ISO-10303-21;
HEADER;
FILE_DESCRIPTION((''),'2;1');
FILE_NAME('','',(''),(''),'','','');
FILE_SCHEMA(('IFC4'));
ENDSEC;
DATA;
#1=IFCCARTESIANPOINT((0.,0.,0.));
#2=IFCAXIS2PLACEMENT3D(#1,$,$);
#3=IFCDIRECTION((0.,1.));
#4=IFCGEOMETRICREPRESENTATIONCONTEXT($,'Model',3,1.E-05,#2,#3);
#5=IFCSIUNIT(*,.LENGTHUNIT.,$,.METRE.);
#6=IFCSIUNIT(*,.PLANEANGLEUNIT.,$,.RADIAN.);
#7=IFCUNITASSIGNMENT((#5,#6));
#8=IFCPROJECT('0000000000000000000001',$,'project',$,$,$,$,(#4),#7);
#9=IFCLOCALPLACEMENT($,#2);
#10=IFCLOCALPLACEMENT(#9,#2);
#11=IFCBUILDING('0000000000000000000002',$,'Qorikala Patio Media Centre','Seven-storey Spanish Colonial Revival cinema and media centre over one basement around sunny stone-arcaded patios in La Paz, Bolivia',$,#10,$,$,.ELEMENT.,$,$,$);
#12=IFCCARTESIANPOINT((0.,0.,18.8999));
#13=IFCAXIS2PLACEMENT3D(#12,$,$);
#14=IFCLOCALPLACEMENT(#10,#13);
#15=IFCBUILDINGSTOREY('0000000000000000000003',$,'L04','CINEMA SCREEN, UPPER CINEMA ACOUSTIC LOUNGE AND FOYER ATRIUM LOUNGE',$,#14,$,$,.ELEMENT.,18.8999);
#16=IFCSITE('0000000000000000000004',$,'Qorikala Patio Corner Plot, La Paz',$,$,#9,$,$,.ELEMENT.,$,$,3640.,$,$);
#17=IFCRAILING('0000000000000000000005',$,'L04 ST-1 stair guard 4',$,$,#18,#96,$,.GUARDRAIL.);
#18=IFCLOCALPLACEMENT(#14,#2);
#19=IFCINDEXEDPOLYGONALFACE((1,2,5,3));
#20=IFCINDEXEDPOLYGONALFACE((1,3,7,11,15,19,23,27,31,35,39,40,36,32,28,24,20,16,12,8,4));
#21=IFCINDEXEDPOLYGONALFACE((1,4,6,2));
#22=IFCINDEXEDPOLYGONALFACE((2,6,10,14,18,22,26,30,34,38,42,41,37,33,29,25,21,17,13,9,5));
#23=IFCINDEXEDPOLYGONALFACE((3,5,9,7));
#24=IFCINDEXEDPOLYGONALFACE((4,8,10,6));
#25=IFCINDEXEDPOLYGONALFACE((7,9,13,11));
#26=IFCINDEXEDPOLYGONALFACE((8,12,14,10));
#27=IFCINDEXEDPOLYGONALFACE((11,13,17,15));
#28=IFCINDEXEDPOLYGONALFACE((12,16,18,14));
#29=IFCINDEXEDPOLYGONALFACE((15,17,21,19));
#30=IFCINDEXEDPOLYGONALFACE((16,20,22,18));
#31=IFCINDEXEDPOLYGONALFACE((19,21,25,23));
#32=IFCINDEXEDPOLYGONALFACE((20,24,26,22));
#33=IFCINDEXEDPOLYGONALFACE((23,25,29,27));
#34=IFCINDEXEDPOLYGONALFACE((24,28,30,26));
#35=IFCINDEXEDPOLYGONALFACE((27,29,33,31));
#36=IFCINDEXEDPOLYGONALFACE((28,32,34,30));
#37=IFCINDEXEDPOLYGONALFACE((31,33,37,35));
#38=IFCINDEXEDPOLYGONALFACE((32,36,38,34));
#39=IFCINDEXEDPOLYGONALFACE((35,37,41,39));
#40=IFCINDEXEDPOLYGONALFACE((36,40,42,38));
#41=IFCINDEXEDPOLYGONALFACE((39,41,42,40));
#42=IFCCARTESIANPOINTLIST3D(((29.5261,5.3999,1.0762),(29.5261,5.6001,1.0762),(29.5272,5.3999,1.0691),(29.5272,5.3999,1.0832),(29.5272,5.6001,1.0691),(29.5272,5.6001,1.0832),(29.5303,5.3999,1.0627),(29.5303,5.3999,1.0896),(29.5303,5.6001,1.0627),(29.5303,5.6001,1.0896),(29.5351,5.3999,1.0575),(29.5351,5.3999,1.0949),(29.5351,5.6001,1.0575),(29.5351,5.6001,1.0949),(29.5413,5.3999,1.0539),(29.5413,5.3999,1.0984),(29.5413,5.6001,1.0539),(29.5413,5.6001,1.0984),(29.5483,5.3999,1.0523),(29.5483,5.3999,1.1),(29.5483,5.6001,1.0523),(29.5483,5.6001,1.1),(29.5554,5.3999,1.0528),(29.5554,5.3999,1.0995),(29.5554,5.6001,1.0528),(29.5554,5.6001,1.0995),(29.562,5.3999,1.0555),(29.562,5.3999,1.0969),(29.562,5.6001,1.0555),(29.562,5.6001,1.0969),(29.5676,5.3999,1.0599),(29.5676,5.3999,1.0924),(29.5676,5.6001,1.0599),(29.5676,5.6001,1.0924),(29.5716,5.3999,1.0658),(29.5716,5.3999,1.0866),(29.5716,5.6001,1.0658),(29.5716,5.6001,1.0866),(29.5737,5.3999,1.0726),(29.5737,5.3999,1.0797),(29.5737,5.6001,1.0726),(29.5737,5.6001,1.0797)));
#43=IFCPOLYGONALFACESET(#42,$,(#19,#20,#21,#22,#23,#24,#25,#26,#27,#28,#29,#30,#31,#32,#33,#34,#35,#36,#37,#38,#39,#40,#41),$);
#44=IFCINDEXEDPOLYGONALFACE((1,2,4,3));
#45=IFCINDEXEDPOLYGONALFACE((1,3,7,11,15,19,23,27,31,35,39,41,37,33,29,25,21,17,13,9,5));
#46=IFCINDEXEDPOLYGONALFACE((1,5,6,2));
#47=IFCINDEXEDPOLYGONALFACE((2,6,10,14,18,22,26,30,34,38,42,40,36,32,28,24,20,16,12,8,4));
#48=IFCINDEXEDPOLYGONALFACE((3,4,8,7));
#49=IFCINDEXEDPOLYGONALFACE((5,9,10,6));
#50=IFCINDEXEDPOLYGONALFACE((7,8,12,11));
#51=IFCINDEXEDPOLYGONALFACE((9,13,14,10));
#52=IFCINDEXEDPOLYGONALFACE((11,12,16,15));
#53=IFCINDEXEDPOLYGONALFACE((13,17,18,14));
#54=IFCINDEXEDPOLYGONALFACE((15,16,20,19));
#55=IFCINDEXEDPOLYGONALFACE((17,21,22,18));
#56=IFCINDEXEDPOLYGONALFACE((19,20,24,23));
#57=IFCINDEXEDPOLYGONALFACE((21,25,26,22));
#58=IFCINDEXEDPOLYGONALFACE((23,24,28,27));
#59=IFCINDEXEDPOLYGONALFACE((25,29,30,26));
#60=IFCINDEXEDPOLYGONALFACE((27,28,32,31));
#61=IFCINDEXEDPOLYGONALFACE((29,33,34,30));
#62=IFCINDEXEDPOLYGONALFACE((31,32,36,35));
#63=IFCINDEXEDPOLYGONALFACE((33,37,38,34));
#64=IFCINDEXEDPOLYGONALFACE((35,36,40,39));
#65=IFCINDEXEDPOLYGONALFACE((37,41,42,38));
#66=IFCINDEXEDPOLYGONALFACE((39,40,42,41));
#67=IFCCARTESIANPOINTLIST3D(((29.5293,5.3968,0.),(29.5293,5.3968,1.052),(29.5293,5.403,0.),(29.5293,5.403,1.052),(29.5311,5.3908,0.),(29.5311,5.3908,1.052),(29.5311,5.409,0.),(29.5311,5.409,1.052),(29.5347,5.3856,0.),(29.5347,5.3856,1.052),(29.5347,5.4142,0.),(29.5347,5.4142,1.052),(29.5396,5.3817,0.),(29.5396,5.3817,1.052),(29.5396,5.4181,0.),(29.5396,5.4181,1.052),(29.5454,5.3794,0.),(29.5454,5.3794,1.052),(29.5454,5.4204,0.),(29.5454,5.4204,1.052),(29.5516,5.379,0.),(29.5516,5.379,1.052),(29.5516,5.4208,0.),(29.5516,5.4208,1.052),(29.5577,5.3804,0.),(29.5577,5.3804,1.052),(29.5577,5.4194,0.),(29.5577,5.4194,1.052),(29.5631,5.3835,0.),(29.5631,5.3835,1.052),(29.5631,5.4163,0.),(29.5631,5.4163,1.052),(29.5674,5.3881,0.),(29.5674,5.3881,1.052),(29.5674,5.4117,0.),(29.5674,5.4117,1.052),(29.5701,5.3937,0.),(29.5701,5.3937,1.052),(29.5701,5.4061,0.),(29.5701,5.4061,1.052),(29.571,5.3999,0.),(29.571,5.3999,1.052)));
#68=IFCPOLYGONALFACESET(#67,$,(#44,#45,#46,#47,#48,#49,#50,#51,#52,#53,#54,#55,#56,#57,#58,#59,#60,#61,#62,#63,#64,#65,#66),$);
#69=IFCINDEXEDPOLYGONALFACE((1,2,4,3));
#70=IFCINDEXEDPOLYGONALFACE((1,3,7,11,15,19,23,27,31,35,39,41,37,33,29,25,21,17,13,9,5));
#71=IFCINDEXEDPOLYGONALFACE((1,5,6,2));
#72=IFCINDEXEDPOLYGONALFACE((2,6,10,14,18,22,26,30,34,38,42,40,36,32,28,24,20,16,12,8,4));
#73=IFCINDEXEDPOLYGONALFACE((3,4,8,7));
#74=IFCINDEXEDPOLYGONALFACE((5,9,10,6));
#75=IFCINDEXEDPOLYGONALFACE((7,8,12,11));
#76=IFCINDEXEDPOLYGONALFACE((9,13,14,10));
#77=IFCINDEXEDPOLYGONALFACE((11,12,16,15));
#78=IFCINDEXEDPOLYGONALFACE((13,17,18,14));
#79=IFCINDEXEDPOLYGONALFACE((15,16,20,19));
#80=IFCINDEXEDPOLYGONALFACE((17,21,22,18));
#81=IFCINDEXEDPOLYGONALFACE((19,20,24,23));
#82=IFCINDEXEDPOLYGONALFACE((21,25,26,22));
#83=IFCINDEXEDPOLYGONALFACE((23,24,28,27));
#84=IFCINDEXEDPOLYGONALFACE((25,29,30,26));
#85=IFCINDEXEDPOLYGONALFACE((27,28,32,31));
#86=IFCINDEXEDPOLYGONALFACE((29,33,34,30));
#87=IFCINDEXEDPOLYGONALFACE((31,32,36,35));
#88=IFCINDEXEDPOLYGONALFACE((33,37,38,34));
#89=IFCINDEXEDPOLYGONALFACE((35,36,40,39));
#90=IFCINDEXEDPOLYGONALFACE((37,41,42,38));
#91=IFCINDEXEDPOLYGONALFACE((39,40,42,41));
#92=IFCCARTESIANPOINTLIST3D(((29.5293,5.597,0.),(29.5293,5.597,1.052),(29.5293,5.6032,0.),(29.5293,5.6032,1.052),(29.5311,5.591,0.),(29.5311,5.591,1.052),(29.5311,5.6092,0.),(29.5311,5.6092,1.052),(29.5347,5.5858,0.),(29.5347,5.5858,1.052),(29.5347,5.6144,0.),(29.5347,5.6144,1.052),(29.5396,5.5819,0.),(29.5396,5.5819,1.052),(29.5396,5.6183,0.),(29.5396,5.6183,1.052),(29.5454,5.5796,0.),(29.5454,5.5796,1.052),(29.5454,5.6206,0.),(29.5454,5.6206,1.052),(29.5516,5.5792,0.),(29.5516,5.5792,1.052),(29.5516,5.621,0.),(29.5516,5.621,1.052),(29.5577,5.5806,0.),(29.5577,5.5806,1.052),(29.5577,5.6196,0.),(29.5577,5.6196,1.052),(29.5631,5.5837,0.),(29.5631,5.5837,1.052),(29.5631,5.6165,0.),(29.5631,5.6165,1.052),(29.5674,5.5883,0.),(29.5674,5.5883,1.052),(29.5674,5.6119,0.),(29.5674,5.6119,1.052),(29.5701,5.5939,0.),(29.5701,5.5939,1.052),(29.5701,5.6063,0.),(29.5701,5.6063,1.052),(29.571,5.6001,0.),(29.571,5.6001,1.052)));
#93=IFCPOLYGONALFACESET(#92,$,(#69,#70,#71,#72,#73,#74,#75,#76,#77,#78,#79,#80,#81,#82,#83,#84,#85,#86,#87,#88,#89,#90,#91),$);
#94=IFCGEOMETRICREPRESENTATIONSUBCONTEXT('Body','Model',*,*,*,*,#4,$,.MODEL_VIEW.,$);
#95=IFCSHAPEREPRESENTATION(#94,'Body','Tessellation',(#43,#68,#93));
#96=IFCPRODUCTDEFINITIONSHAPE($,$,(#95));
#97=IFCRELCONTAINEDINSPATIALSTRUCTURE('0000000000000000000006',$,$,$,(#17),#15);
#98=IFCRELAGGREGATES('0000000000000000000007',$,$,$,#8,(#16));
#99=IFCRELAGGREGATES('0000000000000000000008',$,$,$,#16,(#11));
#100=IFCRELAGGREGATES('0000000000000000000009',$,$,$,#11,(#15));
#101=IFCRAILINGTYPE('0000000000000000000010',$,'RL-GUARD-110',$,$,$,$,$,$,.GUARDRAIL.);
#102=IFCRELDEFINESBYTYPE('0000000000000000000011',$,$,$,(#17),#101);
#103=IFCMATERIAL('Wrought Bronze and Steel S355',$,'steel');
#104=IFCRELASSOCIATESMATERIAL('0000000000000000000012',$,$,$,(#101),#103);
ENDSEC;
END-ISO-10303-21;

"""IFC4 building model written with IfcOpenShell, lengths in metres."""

from ifc_helpers import new_model, si_unit, direction, frame, origin, origin_2d, place, context, subcontext, project, spatial, circle, extrude, material, type_object, element, save


model = new_model("IFC4")

# Units and contexts
model_context = context("Model", 3, precision=1e-05, world=origin(), true_north=direction((0.0, 1.0)))
body_context = subcontext(model_context, "Body", "Model", "MODEL_VIEW")
ifc_project = project(units=[si_unit("LENGTHUNIT", "METRE"), si_unit("PLANEANGLEUNIT", "RADIAN")], contexts=[model_context])

# Site, building, storey
site_placement = place(None, origin())
site = spatial("IfcSite", under=ifc_project, at=site_placement, Name="Qorikala Patio Corner Plot, La Paz", CompositionType="ELEMENT", RefElevation=3640.0)
building_placement = place(site_placement, origin())
building = spatial("IfcBuilding", under=site, at=building_placement, Name="Qorikala Patio Media Centre", Description="Seven-storey Spanish Colonial Revival cinema and media centre over one basement around sunny stone-arcaded patios in La Paz, Bolivia", CompositionType="ELEMENT")
storey_placement = place(building_placement, frame((0.0, 0.0, 18.8999)))
storey = spatial("IfcBuildingStorey", under=building, at=storey_placement, Name="L04", Description="CINEMA SCREEN, UPPER CINEMA ACOUSTIC LOUNGE AND FOYER ATRIUM LOUNGE", CompositionType="ELEMENT", Elevation=18.8999)

# Railing
ifc_material_1 = material(Name="Wrought Bronze and Steel S355", Category="steel")
railing_type_1 = type_object("IfcRailingType", Name="RL-GUARD-110", PredefinedType="GUARDRAIL", material=ifc_material_1)
railing_1_placement = place(storey_placement, frame((29.55, 5.3999, 0.0)))
element("IfcRailing", 1, at=railing_1_placement, inside=storey, type_object=railing_type_1, Name="L04 ST-1 stair guard 4", PredefinedType="GUARDRAIL", context=body_context, shape_type="SweptSolid", body=[
    extrude(circle(Radius=0.0239, at=origin_2d()), frame((0.0, 0.0, 1.0762), z_axis=(0.0, 1.0, 0.0), x_axis=(-1.0, 0.0, 0.0)), (0.0, 0.0, 1.0), 0.2002),
    extrude(circle(Radius=0.021, at=origin_2d()), origin(), (0.0, 0.0, 1.0), 1.052),
    extrude(circle(Radius=0.021, at=origin_2d()), frame((0.0, 0.2002, 0.0)), (0.0, 0.0, 1.0), 1.052),
])

save(model, "model.ifc")
